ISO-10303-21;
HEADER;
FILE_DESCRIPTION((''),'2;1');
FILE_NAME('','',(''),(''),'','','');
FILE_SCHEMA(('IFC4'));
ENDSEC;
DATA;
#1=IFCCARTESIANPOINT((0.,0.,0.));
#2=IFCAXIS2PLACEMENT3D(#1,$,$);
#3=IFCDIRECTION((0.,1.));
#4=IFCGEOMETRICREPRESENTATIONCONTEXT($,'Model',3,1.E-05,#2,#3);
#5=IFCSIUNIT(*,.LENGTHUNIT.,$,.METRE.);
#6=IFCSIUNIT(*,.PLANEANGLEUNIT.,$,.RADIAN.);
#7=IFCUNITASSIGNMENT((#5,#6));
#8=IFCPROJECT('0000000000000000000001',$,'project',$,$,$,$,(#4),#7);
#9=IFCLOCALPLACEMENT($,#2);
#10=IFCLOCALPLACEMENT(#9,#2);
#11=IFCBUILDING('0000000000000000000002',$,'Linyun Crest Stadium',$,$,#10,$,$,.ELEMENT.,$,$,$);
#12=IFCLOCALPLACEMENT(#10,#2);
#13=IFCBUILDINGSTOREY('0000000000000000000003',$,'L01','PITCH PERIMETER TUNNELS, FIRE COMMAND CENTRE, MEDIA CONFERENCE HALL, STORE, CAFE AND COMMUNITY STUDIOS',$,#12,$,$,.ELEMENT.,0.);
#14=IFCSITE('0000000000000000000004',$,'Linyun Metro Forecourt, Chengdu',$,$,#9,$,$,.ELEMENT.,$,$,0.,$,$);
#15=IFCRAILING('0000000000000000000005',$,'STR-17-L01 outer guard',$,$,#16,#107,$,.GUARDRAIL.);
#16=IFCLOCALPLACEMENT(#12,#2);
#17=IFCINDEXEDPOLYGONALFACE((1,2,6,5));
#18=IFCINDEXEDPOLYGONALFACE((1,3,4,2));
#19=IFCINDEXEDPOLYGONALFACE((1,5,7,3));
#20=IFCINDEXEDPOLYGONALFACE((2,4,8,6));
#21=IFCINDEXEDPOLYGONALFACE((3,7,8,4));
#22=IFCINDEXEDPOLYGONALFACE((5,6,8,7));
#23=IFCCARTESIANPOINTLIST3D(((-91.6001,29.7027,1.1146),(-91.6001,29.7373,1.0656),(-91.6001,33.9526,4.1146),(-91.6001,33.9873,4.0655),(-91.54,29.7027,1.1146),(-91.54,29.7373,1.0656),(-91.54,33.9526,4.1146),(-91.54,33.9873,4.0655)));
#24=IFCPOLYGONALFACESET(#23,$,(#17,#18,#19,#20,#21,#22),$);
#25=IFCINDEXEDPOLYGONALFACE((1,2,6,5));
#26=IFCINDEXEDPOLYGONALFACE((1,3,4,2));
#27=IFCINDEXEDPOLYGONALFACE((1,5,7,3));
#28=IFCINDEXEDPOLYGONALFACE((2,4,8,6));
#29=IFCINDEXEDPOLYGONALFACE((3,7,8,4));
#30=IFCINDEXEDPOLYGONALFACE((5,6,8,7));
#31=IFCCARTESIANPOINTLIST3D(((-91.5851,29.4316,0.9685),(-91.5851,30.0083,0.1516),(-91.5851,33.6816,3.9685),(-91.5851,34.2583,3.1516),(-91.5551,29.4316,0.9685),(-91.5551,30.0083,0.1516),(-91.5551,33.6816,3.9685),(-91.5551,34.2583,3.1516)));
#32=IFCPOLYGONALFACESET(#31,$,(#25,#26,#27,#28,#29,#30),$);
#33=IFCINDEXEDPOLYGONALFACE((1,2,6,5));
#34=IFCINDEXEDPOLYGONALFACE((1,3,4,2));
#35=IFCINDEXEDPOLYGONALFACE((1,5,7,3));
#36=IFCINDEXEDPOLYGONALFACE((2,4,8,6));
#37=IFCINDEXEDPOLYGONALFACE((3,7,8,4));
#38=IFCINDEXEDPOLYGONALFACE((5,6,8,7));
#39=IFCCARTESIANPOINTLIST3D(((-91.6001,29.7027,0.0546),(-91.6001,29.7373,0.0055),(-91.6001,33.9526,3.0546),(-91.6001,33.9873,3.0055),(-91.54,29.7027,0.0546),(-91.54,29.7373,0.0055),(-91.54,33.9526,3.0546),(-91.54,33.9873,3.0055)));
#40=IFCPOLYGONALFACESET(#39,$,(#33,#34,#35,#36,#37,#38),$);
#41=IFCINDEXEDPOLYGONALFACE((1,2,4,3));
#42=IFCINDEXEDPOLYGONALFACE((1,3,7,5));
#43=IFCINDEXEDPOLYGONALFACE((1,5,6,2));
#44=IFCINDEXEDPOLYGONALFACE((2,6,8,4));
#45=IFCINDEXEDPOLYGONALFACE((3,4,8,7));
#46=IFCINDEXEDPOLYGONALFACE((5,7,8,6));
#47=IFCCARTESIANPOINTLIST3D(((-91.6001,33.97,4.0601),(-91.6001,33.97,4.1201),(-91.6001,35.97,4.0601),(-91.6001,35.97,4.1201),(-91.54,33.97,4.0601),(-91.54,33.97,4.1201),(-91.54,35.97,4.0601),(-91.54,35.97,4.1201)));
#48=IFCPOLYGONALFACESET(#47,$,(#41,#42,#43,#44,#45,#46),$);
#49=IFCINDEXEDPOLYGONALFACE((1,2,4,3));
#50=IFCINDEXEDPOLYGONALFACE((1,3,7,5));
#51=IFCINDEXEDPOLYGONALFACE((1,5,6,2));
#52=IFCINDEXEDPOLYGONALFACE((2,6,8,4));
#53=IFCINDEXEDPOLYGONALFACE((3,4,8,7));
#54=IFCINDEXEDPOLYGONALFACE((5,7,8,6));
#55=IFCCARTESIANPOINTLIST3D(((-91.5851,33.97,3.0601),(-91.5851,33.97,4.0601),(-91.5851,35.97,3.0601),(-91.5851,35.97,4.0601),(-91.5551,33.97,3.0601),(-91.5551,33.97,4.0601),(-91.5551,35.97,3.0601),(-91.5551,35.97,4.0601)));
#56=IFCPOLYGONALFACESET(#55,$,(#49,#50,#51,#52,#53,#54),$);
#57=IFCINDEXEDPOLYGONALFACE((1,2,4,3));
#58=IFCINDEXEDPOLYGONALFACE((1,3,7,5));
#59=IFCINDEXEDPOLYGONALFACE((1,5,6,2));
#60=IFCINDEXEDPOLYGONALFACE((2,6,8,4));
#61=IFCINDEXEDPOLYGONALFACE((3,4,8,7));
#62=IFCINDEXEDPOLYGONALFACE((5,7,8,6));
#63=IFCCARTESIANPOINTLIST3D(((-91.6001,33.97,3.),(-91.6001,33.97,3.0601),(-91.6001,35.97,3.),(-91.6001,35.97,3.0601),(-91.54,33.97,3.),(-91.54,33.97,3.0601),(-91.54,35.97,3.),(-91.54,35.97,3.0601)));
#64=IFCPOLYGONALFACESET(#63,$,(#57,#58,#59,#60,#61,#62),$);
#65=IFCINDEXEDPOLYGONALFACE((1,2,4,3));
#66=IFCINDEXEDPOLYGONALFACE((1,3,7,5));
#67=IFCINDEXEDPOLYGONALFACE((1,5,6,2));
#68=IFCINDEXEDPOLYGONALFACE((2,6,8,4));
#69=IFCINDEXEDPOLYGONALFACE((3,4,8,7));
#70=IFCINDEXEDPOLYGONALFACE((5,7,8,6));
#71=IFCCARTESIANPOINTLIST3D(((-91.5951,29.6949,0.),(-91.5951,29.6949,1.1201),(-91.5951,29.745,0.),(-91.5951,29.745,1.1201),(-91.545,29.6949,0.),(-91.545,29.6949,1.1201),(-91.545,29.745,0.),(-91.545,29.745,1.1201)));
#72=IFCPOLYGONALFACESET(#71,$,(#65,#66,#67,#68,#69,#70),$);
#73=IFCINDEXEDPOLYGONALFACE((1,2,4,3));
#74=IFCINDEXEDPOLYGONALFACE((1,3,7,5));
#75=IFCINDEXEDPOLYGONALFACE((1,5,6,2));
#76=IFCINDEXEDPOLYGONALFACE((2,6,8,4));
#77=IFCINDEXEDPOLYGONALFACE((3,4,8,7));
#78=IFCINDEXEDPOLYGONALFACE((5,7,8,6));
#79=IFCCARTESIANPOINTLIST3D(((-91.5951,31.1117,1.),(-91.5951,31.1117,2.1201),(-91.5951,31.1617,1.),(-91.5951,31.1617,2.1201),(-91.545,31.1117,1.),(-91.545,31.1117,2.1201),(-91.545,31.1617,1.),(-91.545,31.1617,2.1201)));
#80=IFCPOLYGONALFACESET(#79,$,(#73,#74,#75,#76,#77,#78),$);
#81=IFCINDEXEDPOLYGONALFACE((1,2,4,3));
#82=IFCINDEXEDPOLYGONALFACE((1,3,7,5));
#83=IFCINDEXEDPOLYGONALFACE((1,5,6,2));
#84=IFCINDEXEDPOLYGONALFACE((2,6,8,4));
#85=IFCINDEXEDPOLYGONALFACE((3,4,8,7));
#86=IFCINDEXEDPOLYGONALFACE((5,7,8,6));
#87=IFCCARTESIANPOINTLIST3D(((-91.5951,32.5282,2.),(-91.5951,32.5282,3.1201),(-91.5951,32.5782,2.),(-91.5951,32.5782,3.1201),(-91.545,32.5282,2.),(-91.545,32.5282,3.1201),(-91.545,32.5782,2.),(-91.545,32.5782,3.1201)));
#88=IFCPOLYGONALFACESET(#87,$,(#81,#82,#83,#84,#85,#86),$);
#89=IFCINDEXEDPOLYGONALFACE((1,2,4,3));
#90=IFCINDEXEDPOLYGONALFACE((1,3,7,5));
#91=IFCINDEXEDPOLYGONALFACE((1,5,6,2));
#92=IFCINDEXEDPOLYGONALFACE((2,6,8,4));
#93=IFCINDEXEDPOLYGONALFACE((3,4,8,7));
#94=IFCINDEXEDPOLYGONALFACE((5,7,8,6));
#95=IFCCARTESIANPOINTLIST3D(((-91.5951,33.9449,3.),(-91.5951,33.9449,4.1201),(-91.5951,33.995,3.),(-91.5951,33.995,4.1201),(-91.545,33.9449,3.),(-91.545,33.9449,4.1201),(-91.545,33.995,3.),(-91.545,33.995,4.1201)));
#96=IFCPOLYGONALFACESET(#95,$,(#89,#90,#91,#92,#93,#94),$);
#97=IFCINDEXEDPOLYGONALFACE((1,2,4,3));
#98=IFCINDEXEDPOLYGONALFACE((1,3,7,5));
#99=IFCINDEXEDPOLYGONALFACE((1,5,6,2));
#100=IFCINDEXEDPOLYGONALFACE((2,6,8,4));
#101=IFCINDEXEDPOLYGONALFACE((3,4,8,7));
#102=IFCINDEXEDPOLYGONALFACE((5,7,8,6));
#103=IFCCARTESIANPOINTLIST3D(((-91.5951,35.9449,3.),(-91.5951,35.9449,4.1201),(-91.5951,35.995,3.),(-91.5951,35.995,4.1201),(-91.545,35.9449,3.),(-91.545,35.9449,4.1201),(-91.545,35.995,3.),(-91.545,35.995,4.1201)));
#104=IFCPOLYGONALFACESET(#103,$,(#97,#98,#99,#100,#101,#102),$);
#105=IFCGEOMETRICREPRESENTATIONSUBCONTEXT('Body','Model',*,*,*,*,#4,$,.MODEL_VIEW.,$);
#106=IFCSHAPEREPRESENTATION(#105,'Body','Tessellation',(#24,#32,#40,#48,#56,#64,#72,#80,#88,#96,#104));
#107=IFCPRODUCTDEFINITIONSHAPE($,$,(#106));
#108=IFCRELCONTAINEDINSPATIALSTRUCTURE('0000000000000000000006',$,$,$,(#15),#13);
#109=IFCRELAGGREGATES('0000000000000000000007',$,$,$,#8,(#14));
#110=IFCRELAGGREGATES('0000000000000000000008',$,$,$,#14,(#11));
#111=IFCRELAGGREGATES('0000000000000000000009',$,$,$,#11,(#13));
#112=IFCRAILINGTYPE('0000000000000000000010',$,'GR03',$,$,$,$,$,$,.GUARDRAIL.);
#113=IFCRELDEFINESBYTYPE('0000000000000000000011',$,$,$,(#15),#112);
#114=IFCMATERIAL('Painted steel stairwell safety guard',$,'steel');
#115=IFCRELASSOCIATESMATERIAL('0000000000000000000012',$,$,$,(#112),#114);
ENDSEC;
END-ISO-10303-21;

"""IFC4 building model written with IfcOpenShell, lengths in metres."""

from ifc_helpers import new_model, si_unit, direction, frame, origin, origin_2d, place, context, subcontext, project, spatial, rectangle, extrude, material, type_object, element, save


model = new_model("IFC4")

# Units and contexts
model_context = context("Model", 3, precision=1e-05, world=origin(), true_north=direction((0.0, 1.0)))
body_context = subcontext(model_context, "Body", "Model", "MODEL_VIEW")
ifc_project = project(units=[si_unit("LENGTHUNIT", "METRE"), si_unit("PLANEANGLEUNIT", "RADIAN")], contexts=[model_context])

# Site, building, storey
site_placement = place(None, origin())
site = spatial("IfcSite", under=ifc_project, at=site_placement, Name="Linyun Metro Forecourt, Chengdu", CompositionType="ELEMENT", RefElevation=0.0)
building_placement = place(site_placement, origin())
building = spatial("IfcBuilding", under=site, at=building_placement, Name="Linyun Crest Stadium", CompositionType="ELEMENT")
storey_placement = place(building_placement, origin())
storey = spatial("IfcBuildingStorey", under=building, at=storey_placement, Name="L01", Description="PITCH PERIMETER TUNNELS, FIRE COMMAND CENTRE, MEDIA CONFERENCE HALL, STORE, CAFE AND COMMUNITY STUDIOS", CompositionType="ELEMENT", Elevation=0.0)

# Railing
ifc_material_1 = material(Name="Painted steel stairwell safety guard", Category="steel")
railing_type_1 = type_object("IfcRailingType", Name="GR03", PredefinedType="GUARDRAIL", material=ifc_material_1)
railing_1_placement = place(storey_placement, frame((-91.5701, 29.72, 0.0)))
element("IfcRailing", 1, at=railing_1_placement, inside=storey, type_object=railing_type_1, Name="STR-17-L01 outer guard", PredefinedType="GUARDRAIL", context=body_context, shape_type="SweptSolid", body=[
    extrude(rectangle(XDim=0.0601, YDim=0.0601, at=origin_2d()), frame((0.0, 0.0, 1.0901), z_axis=(0.0, 0.816968, 0.576683), x_axis=(-1.0, 0.0, 0.0)), (0.0, 0.0, 1.0), 5.2021),
    extrude(rectangle(XDim=0.03, YDim=1.0, at=origin_2d()), frame((0.0, 0.0, 0.5601), z_axis=(0.0, 0.816968, 0.576683), x_axis=(-1.0, 0.0, 0.0)), (0.0, 0.0, 1.0), 5.2021),
    extrude(rectangle(XDim=0.0601, YDim=0.0601, at=origin_2d()), frame((0.0, 0.0, 0.03), z_axis=(0.0, 0.816968, 0.576683), x_axis=(-1.0, 0.0, 0.0)), (0.0, 0.0, 1.0), 5.2021),
    extrude(rectangle(XDim=0.0601, YDim=0.0601, at=origin_2d()), frame((0.0, 4.25, 4.0901), z_axis=(0.0, 1.0, 0.0), x_axis=(-1.0, 0.0, 0.0)), (0.0, 0.0, 1.0), 2.0),
    extrude(rectangle(XDim=0.03, YDim=1.0, at=origin_2d()), frame((0.0, 4.25, 3.5601), z_axis=(0.0, 1.0, 0.0), x_axis=(-1.0, 0.0, 0.0)), (0.0, 0.0, 1.0), 2.0),
    extrude(rectangle(XDim=0.0601, YDim=0.0601, at=origin_2d()), frame((0.0, 4.25, 3.03), z_axis=(0.0, 1.0, 0.0), x_axis=(-1.0, 0.0, 0.0)), (0.0, 0.0, 1.0), 2.0),
    extrude(rectangle(XDim=0.05, YDim=0.05, at=origin_2d()), origin(), (0.0, 0.0, 1.0), 1.1201),
    extrude(rectangle(XDim=0.05, YDim=0.05, at=origin_2d()), frame((0.0, 1.4167, 1.0)), (0.0, 0.0, 1.0), 1.1201),
    extrude(rectangle(XDim=0.05, YDim=0.05, at=origin_2d()), frame((0.0, 2.8333, 2.0)), (0.0, 0.0, 1.0), 1.1201),
    extrude(rectangle(XDim=0.05, YDim=0.05, at=origin_2d()), frame((0.0, 4.25, 3.0)), (0.0, 0.0, 1.0), 1.1201),
    extrude(rectangle(XDim=0.05, YDim=0.05, at=origin_2d()), frame((0.0, 6.25, 3.0)), (0.0, 0.0, 1.0), 1.1201),
])

save(model, "model.ifc")
